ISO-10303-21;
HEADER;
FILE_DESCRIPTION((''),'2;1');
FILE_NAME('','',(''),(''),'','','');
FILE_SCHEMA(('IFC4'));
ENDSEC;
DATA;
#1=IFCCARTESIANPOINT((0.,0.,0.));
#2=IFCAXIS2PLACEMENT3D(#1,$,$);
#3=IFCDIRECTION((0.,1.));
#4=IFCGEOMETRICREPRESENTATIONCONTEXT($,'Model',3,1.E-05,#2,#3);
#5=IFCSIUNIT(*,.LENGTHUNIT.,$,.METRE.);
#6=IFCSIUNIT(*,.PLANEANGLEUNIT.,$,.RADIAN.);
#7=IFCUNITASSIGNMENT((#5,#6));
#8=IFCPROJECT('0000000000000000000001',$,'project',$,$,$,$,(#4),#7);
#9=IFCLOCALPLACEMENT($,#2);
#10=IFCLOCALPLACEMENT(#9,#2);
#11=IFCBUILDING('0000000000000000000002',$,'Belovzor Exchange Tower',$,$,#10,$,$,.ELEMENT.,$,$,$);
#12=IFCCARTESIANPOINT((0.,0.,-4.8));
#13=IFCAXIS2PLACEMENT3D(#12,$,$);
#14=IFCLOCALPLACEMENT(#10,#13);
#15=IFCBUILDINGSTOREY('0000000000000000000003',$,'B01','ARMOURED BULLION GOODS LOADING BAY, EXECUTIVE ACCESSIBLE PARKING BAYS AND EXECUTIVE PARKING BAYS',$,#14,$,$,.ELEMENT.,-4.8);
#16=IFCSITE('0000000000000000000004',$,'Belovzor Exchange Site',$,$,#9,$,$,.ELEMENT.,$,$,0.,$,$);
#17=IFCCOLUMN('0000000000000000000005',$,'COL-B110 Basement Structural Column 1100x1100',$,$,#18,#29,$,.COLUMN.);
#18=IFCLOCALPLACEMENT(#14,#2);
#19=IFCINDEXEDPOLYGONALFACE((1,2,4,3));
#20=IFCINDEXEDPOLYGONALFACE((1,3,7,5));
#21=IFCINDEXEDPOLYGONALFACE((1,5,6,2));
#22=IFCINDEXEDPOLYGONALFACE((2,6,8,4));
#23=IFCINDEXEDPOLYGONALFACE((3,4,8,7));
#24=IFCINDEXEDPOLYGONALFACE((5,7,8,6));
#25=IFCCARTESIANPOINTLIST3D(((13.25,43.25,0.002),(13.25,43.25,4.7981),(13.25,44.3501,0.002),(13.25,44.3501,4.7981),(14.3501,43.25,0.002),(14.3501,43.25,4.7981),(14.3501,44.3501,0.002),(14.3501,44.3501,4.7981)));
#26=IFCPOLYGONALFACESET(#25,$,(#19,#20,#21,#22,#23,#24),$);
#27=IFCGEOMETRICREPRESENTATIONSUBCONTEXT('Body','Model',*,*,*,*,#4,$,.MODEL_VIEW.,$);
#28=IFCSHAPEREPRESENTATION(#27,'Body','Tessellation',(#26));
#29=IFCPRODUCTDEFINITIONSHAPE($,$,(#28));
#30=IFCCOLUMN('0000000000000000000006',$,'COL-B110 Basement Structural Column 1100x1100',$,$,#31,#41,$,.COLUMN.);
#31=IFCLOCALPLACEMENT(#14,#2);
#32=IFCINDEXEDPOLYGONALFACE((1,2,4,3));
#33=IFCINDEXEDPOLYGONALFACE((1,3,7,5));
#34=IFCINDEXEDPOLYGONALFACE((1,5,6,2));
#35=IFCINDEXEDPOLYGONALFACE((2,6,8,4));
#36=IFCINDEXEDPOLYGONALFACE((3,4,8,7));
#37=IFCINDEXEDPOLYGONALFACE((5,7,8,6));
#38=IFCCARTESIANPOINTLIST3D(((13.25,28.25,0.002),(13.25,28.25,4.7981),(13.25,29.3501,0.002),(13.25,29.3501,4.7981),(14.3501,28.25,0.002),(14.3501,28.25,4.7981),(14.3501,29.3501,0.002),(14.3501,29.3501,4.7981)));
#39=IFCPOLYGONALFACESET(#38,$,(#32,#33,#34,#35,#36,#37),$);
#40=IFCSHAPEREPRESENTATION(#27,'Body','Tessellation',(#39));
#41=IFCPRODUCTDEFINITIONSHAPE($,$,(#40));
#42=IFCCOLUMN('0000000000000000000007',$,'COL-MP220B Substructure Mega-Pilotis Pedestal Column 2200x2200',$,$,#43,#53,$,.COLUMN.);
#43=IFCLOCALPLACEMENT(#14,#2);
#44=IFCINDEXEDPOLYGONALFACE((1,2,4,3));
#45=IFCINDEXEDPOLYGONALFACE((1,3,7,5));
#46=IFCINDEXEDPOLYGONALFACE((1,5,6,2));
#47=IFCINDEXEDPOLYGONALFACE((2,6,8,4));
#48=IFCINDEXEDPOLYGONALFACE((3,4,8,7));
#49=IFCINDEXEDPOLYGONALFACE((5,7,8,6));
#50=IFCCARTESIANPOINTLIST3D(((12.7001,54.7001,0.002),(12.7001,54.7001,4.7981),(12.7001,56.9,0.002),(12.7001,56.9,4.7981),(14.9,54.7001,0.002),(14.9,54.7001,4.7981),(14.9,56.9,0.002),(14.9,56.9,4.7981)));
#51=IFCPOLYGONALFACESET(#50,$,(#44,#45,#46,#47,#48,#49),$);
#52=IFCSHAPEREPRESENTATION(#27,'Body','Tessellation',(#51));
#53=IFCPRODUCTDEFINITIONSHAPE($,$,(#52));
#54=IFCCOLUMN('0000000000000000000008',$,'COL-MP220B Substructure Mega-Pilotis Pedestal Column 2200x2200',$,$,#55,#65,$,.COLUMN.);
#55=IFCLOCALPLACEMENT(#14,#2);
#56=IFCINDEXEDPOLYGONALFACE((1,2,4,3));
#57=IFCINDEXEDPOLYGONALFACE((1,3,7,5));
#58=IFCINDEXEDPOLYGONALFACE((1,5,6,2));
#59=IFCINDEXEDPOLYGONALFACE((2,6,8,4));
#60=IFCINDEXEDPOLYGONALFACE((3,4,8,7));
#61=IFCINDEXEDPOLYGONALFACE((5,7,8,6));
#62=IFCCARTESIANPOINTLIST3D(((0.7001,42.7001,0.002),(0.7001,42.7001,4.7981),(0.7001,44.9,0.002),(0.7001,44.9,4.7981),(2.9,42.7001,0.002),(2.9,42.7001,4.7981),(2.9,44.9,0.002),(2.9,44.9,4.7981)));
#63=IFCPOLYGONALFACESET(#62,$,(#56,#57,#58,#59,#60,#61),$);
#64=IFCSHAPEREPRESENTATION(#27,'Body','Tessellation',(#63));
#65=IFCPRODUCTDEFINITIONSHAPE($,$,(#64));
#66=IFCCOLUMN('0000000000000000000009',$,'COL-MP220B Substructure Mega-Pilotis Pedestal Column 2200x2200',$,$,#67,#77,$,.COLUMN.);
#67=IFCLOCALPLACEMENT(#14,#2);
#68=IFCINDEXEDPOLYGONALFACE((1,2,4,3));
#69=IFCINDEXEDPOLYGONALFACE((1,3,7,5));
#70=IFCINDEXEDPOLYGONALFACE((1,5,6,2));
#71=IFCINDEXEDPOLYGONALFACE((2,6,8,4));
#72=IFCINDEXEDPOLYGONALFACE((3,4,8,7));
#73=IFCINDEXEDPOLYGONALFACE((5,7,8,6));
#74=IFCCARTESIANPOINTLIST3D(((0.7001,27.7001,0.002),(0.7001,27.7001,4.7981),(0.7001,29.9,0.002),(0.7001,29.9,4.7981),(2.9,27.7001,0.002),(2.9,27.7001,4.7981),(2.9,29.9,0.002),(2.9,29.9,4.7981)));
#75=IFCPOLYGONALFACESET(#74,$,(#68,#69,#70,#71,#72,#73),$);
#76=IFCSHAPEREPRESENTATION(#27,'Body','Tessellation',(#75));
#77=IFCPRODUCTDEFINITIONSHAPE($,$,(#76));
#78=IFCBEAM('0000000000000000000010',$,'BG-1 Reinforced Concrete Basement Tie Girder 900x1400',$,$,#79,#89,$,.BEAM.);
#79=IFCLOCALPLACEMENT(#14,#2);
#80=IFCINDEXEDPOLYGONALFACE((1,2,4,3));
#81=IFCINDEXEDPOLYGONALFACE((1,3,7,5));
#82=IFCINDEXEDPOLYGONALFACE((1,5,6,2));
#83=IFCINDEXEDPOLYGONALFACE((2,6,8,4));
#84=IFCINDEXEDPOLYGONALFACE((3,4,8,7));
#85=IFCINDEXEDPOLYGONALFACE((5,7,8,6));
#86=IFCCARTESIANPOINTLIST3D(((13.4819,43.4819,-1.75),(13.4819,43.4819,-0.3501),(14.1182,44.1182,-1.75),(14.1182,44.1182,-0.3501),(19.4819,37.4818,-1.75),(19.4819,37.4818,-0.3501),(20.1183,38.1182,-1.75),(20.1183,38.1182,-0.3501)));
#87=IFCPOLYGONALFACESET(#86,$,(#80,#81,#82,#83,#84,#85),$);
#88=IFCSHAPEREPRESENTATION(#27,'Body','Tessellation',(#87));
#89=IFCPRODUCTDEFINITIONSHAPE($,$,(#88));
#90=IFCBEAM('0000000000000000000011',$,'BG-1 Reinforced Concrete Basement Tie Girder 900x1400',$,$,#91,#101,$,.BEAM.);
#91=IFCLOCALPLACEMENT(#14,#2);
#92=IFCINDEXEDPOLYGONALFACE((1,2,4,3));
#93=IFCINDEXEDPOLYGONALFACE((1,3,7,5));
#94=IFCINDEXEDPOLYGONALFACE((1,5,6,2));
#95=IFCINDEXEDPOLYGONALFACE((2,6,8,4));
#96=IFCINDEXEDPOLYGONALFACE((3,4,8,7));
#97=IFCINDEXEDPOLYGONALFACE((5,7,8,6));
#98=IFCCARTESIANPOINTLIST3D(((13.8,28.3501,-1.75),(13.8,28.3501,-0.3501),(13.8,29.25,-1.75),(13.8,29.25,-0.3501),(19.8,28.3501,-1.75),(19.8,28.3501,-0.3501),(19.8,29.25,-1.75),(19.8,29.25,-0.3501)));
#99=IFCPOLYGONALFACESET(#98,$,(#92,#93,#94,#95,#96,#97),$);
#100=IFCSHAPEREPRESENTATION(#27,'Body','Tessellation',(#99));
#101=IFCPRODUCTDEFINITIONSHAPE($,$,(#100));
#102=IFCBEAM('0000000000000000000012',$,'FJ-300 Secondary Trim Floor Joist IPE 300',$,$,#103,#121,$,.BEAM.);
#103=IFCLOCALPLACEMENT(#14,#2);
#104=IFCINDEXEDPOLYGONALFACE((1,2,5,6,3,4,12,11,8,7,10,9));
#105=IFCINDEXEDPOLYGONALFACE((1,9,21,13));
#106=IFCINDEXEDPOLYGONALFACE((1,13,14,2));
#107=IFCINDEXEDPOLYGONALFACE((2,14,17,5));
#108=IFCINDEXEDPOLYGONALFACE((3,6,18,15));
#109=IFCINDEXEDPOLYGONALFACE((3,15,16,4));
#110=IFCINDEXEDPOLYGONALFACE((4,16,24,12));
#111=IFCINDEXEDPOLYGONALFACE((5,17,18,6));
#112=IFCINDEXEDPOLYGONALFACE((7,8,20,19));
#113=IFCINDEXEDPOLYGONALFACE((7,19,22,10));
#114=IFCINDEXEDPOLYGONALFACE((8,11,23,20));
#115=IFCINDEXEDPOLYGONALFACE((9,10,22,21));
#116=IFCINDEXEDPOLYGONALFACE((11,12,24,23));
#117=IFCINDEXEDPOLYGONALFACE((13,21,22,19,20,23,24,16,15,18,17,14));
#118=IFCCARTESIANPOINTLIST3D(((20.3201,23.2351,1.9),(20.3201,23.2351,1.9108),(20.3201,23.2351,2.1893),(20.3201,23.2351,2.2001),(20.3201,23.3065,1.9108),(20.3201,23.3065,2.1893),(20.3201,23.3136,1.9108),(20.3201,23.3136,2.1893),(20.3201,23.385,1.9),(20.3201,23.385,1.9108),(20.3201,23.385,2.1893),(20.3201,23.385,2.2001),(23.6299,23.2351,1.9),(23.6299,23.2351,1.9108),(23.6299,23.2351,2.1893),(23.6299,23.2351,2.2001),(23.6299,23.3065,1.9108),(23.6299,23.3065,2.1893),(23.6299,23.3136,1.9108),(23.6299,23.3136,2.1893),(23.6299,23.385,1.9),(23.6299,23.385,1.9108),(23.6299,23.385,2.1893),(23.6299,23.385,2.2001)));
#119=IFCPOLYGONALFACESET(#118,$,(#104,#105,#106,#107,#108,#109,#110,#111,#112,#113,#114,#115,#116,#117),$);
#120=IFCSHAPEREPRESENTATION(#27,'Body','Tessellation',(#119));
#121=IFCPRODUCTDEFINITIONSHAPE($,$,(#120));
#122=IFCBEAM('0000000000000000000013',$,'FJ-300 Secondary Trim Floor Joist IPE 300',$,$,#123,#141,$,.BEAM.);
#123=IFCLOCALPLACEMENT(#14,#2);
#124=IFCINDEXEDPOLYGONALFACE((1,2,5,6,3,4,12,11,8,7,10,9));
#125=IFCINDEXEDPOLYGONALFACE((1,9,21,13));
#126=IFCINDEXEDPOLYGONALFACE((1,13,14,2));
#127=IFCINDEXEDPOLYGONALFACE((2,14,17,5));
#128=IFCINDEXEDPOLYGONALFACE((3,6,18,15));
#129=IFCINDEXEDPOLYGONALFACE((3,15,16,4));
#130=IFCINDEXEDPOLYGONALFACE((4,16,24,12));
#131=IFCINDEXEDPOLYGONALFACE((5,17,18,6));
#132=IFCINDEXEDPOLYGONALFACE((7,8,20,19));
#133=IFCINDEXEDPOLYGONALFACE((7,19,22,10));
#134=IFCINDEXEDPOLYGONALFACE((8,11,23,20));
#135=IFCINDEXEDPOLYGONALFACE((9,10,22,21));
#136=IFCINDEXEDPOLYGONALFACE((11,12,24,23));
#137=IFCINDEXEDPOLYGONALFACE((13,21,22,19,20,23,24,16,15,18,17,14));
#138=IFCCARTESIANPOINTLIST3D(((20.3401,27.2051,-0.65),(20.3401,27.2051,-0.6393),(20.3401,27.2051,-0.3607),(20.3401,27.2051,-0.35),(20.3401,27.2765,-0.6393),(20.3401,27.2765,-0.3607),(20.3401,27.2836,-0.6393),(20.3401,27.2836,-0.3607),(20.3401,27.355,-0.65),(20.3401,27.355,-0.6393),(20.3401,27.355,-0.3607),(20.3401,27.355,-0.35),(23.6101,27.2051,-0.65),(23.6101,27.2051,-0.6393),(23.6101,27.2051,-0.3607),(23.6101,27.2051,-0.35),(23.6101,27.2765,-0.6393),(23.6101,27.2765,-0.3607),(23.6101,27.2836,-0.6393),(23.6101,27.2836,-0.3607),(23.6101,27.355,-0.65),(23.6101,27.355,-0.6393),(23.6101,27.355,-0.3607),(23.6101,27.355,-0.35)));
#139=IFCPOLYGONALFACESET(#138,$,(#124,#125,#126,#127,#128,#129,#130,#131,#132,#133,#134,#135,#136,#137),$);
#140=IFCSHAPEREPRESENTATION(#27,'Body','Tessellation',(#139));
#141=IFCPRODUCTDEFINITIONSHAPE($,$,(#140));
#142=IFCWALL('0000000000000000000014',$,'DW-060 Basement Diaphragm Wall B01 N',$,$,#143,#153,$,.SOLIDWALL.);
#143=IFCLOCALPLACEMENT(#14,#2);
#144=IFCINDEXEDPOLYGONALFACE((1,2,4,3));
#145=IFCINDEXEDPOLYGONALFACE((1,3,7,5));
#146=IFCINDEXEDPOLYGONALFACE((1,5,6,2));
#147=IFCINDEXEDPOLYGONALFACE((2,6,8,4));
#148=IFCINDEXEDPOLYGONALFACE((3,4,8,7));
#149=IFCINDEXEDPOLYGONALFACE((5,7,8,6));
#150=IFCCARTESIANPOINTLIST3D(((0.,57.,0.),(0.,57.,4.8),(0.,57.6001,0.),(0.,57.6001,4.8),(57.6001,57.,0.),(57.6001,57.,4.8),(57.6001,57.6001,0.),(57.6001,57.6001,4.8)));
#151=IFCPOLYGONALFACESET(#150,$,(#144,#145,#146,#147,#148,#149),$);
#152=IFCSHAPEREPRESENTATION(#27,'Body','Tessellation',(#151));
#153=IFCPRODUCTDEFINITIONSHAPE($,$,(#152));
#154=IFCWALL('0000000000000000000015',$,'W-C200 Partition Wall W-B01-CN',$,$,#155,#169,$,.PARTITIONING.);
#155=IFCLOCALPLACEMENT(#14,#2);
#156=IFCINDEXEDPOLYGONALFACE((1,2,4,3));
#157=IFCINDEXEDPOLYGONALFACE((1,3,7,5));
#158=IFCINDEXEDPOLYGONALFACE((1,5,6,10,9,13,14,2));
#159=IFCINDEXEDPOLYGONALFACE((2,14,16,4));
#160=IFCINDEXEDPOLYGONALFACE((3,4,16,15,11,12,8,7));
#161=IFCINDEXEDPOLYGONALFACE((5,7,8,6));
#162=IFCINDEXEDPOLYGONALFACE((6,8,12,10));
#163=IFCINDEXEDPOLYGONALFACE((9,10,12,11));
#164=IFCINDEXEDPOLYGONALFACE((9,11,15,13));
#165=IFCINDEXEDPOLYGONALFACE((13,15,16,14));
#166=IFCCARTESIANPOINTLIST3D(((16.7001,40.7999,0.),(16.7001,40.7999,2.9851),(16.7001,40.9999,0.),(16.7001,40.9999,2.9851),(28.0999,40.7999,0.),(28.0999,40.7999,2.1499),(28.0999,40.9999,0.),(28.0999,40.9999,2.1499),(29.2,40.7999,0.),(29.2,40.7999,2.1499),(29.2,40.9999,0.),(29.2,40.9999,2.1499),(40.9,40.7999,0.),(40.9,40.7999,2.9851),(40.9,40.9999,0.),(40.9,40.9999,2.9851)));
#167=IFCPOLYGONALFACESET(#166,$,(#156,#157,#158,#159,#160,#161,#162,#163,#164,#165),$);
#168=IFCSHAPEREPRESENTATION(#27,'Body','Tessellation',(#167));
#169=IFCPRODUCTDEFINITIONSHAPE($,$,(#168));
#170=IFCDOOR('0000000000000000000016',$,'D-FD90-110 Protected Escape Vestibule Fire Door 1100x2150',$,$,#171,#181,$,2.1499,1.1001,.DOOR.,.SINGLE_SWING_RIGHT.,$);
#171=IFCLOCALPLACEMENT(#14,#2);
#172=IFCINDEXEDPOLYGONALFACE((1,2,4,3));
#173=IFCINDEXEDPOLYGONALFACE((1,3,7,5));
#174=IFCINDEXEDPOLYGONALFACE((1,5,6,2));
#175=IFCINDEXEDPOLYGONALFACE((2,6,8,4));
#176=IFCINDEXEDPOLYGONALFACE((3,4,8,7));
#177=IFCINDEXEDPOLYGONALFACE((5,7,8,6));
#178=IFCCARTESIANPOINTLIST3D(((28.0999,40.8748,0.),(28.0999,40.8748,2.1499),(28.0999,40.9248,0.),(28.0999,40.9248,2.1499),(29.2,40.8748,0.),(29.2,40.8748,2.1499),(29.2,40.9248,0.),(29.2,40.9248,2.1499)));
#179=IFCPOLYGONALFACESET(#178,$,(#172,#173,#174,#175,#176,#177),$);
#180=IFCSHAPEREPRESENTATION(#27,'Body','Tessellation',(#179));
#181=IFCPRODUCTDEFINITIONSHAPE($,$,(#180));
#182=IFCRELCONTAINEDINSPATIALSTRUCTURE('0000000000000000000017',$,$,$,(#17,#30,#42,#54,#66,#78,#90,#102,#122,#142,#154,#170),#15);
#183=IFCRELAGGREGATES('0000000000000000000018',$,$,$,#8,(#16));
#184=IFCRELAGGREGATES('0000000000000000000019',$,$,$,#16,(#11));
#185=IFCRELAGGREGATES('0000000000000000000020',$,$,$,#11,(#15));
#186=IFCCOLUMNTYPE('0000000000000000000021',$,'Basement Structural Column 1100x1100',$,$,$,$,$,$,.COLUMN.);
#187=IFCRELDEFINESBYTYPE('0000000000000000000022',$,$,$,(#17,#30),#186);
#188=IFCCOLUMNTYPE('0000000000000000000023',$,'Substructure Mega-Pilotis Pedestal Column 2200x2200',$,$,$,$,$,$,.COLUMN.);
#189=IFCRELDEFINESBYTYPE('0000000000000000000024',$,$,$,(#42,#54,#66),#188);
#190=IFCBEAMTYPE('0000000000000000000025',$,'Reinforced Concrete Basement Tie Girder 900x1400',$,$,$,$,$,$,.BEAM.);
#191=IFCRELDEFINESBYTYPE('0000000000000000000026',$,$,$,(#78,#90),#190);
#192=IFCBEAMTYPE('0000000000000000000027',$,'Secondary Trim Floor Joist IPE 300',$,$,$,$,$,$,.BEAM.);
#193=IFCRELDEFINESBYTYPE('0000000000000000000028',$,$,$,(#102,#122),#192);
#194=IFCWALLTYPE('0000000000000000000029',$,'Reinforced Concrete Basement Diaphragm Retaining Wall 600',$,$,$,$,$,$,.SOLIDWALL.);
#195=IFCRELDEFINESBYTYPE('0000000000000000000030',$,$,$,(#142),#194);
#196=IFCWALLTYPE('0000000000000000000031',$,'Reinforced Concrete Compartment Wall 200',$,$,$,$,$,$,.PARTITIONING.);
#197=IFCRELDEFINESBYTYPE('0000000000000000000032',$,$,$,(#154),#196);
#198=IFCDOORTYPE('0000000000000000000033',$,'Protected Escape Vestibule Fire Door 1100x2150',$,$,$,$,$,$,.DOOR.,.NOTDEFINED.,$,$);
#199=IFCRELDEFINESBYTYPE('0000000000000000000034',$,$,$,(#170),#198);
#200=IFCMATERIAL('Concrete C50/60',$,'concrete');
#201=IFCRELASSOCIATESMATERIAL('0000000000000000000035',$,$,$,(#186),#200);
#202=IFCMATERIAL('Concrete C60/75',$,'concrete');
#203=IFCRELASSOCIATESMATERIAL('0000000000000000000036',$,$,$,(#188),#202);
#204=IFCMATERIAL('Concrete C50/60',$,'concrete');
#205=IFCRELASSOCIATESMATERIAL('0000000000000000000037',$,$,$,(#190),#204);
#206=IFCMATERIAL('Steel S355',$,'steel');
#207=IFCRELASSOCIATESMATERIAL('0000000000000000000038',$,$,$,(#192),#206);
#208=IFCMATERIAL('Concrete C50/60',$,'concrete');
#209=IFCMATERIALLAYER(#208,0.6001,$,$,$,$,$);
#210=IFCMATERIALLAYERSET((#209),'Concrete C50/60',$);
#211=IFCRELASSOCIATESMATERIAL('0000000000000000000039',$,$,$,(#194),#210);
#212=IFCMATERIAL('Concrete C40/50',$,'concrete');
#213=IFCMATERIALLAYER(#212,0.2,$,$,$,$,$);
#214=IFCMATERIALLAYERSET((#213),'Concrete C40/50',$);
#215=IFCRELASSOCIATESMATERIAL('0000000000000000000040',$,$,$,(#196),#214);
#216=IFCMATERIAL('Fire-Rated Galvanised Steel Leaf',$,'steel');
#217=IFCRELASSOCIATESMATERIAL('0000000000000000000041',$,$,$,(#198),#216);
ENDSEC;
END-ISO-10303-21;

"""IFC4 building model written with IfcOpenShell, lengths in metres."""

from ifc_helpers import new_model, si_unit, direction, frame, frame_2d, origin, origin_2d, place, context, subcontext, project, spatial, rectangle, i_section, extrude, material, layer, layer_set, material_profile, profile_set, type_object, element, fill, save


model = new_model("IFC4")

# Units and contexts
model_context = context("Model", 3, precision=1e-05, world=origin(), true_north=direction((0.0, 1.0)))
body_context = subcontext(model_context, "Body", "Model", "MODEL_VIEW")
ifc_project = project(units=[si_unit("LENGTHUNIT", "METRE"), si_unit("PLANEANGLEUNIT", "RADIAN")], contexts=[model_context])

# Site, building, storey
site_placement = place(None, origin())
site = spatial("IfcSite", under=ifc_project, at=site_placement, Name="Belovzor Exchange Site", CompositionType="ELEMENT", RefElevation=0.0)
building_placement = place(site_placement, origin())
building = spatial("IfcBuilding", under=site, at=building_placement, Name="Belovzor Exchange Tower", CompositionType="ELEMENT")
storey_placement = place(building_placement, frame((0.0, 0.0, -4.8)))
storey = spatial("IfcBuildingStorey", under=building, at=storey_placement, Name="B01", Description="ARMOURED BULLION GOODS LOADING BAY, EXECUTIVE ACCESSIBLE PARKING BAYS AND EXECUTIVE PARKING BAYS", CompositionType="ELEMENT", Elevation=-4.8)

# Columns
ifc_material_1 = material(Name="Concrete C50/60", Category="concrete")
ifc_material_profile_1 = material_profile(ifc_material_1, rectangle(XDim=1.1001, YDim=1.1001, at=origin_2d()))
ifc_profile_set_1 = profile_set([ifc_material_profile_1], Name="Concrete C50/60")
column_type_1 = type_object("IfcColumnType", Name="Basement Structural Column 1100x1100", PredefinedType="COLUMN", material=ifc_profile_set_1)
for number, where, z_axis, x_axis, name in (
    (1, (13.8, 43.8, 0.002), (0.0, 0.0, 1.0), (1.0, 0.0, 0.0), "COL-B110 Basement Structural Column 1100x1100"),
    (2, (13.8, 28.8, 0.002), (0.0, 0.0, 1.0), (1.0, 0.0, 0.0), "COL-B110 Basement Structural Column 1100x1100"),
):
    element("IfcColumn", number, at=place(storey_placement, frame(where, z_axis=z_axis, x_axis=x_axis)), inside=storey, type_object=column_type_1, Name=name, PredefinedType="COLUMN", context=body_context, shape_type="SweptSolid", body=[
        extrude(rectangle(XDim=1.1001, YDim=1.1001, at=origin_2d()), origin(), (0.0, 0.0, 1.0), 4.7961),
    ])
ifc_material_2 = material(Name="Concrete C60/75", Category="concrete")
ifc_material_profile_2 = material_profile(ifc_material_2, rectangle(XDim=2.2, YDim=2.2, at=origin_2d()))
ifc_profile_set_2 = profile_set([ifc_material_profile_2], Name="Concrete C60/75")
column_type_2 = type_object("IfcColumnType", Name="Substructure Mega-Pilotis Pedestal Column 2200x2200", PredefinedType="COLUMN", material=ifc_profile_set_2)
for number, where, z_axis, x_axis, name in (
    (3, (13.8, 55.8, 0.002), (0.0, 0.0, 1.0), (1.0, 0.0, 0.0), "COL-MP220B Substructure Mega-Pilotis Pedestal Column 2200x2200"),
    (4, (1.8, 43.8, 0.002), (0.0, 0.0, 1.0), (1.0, 0.0, 0.0), "COL-MP220B Substructure Mega-Pilotis Pedestal Column 2200x2200"),
    (5, (1.8, 28.8, 0.002), (0.0, 0.0, 1.0), (1.0, 0.0, 0.0), "COL-MP220B Substructure Mega-Pilotis Pedestal Column 2200x2200"),
):
    element("IfcColumn", number, at=place(storey_placement, frame(where, z_axis=z_axis, x_axis=x_axis)), inside=storey, type_object=column_type_2, Name=name, PredefinedType="COLUMN", context=body_context, shape_type="SweptSolid", body=[
        extrude(rectangle(XDim=2.2, YDim=2.2, at=origin_2d()), origin(), (0.0, 0.0, 1.0), 4.7961),
    ])

# Beams
ifc_material_3 = material(Name="Concrete C50/60", Category="concrete")
ifc_material_profile_3 = material_profile(ifc_material_3, rectangle(XDim=0.8999, YDim=1.3999, at=origin_2d()))
ifc_profile_set_3 = profile_set([ifc_material_profile_3], Name="Concrete C50/60")
beam_type_1 = type_object("IfcBeamType", Name="Reinforced Concrete Basement Tie Girder 900x1400", PredefinedType="BEAM", material=ifc_profile_set_3)
beam_1_placement = place(storey_placement, frame((13.8, 43.8, -1.05), z_axis=(0.707107, -0.707107, 0.0), x_axis=(0.707107, 0.707107, 0.0)))
element("IfcBeam", 6, at=beam_1_placement, inside=storey, type_object=beam_type_1, Name="BG-1 Reinforced Concrete Basement Tie Girder 900x1400", PredefinedType="BEAM", context=body_context, shape_type="SweptSolid", body=[
    extrude(rectangle(XDim=0.8999, YDim=1.3999, at=origin_2d()), origin(), (0.0, 0.0, 1.0), 8.4854),
])
beam_2_placement = place(storey_placement, frame((13.8, 28.8, -1.05), z_axis=(1.0, 0.0, 0.0), x_axis=(0.0, 1.0, 0.0)))
element("IfcBeam", 7, at=beam_2_placement, inside=storey, type_object=beam_type_1, Name="BG-1 Reinforced Concrete Basement Tie Girder 900x1400", PredefinedType="BEAM", context=body_context, shape_type="SweptSolid", body=[
    extrude(rectangle(XDim=0.8999, YDim=1.3999, at=origin_2d()), origin(), (0.0, 0.0, 1.0), 6.0),
])
ifc_material_4 = material(Name="Steel S355", Category="steel")
ifc_material_profile_4 = material_profile(ifc_material_4, i_section(OverallWidth=0.1499, OverallDepth=0.3, WebThickness=0.0071, FlangeThickness=0.0107, at=origin_2d()))
ifc_profile_set_4 = profile_set([ifc_material_profile_4], Name="Steel S355")
beam_type_2 = type_object("IfcBeamType", Name="Secondary Trim Floor Joist IPE 300", PredefinedType="BEAM", material=ifc_profile_set_4)
beam_3_placement = place(storey_placement, frame((20.3201, 23.3101, 2.05), z_axis=(1.0, 0.0, 0.0), x_axis=(0.0, 1.0, 0.0)))
element("IfcBeam", 8, at=beam_3_placement, inside=storey, type_object=beam_type_2, Name="FJ-300 Secondary Trim Floor Joist IPE 300", PredefinedType="BEAM", context=body_context, shape_type="SweptSolid", body=[
    extrude(i_section(OverallWidth=0.1499, OverallDepth=0.3, WebThickness=0.0071, FlangeThickness=0.0107, at=origin_2d()), origin(), (0.0, 0.0, 1.0), 3.3098),
])
beam_4_placement = place(storey_placement, frame((20.3401, 27.28, -0.5), z_axis=(1.0, 0.0, 0.0), x_axis=(0.0, 1.0, 0.0)))
element("IfcBeam", 9, at=beam_4_placement, inside=storey, type_object=beam_type_2, Name="FJ-300 Secondary Trim Floor Joist IPE 300", PredefinedType="BEAM", context=body_context, shape_type="SweptSolid", body=[
    extrude(i_section(OverallWidth=0.1499, OverallDepth=0.3, WebThickness=0.0071, FlangeThickness=0.0107, at=origin_2d()), origin(), (0.0, 0.0, 1.0), 3.27),
])

# Wall
ifc_material_5 = material(Name="Concrete C50/60", Category="concrete")
ifc_layer_1 = layer(ifc_material_5, 0.6001)
ifc_layer_set_1 = layer_set([ifc_layer_1], Name="Concrete C50/60")
wall_type_1 = type_object("IfcWallType", Name="Reinforced Concrete Basement Diaphragm Retaining Wall 600", PredefinedType="SOLIDWALL", material=ifc_layer_set_1)
wall_1_placement = place(storey_placement, frame((0.0, 57.3, 0.0), z_axis=(0.0, 0.0, 1.0), x_axis=(1.0, 0.0, 0.0)))
element("IfcWall", 10, at=wall_1_placement, inside=storey, type_object=wall_type_1, Name="DW-060 Basement Diaphragm Wall B01 N", PredefinedType="SOLIDWALL", context=body_context, shape_type="SweptSolid", body=[
    extrude(rectangle(XDim=57.6001, YDim=0.6001, at=frame_2d((28.8, 0.0))), origin(), (0.0, 0.0, 1.0), 4.8),
])

# Wall, opening, door
ifc_material_6 = material(Name="Concrete C40/50", Category="concrete")
ifc_layer_2 = layer(ifc_material_6, 0.2)
ifc_layer_set_2 = layer_set([ifc_layer_2], Name="Concrete C40/50")
wall_type_2 = type_object("IfcWallType", Name="Reinforced Concrete Compartment Wall 200", PredefinedType="PARTITIONING", material=ifc_layer_set_2)
wall_2_placement = place(storey_placement, frame((16.7, 40.8999, 0.0), z_axis=(0.0, 0.0, 1.0), x_axis=(1.0, 0.0, 0.0)))
wall_2 = element("IfcWall", 11, at=wall_2_placement, inside=storey, type_object=wall_type_2, Name="W-C200 Partition Wall W-B01-CN", PredefinedType="PARTITIONING", context=body_context, shape_type="SweptSolid", body=[
    extrude(rectangle(XDim=24.2, YDim=0.2, at=frame_2d((12.1001, 0.0))), origin(), (0.0, 0.0, 1.0), 2.9851),
])
opening_1_placement = place(wall_2_placement, frame((11.3999, 0.0, 0.0)))
opening_1 = element("IfcOpeningElement", 12, at=opening_1_placement, cuts=wall_2, PredefinedType="OPENING", context=body_context, shape_type="SweptSolid", body=[
    extrude(rectangle(XDim=1.1001, YDim=2.1499, at=frame_2d((0.55, 1.075))), frame((0.0, 0.1099, 0.0), z_axis=(0.0, -1.0, 0.0), x_axis=(1.0, 0.0, 0.0)), (0.0, 0.0, 1.0), 0.22),
])
ifc_material_7 = material(Name="Fire-Rated Galvanised Steel Leaf", Category="steel")
door_type_1 = type_object("IfcDoorType", Name="Protected Escape Vestibule Fire Door 1100x2150", OperationType="NOTDEFINED", PredefinedType="DOOR", material=ifc_material_7)
door_1_placement = place(opening_1_placement, origin())
door_1 = element("IfcDoor", 13, at=door_1_placement, inside=storey, type_object=door_type_1, Name="D-FD90-110 Protected Escape Vestibule Fire Door 1100x2150", OperationType="SINGLE_SWING_RIGHT", OverallHeight=2.1499, OverallWidth=1.1001, PredefinedType="DOOR", context=body_context, shape_type="SweptSolid", body=[
    extrude(rectangle(XDim=1.1001, YDim=2.1499, at=frame_2d((0.55, 1.075))), frame((0.0, 0.0249, 0.0), z_axis=(0.0, -1.0, 0.0), x_axis=(1.0, 0.0, 0.0)), (0.0, 0.0, 1.0), 0.05),
])
fill(opening_1, door_1)

save(model, "model.ifc")
